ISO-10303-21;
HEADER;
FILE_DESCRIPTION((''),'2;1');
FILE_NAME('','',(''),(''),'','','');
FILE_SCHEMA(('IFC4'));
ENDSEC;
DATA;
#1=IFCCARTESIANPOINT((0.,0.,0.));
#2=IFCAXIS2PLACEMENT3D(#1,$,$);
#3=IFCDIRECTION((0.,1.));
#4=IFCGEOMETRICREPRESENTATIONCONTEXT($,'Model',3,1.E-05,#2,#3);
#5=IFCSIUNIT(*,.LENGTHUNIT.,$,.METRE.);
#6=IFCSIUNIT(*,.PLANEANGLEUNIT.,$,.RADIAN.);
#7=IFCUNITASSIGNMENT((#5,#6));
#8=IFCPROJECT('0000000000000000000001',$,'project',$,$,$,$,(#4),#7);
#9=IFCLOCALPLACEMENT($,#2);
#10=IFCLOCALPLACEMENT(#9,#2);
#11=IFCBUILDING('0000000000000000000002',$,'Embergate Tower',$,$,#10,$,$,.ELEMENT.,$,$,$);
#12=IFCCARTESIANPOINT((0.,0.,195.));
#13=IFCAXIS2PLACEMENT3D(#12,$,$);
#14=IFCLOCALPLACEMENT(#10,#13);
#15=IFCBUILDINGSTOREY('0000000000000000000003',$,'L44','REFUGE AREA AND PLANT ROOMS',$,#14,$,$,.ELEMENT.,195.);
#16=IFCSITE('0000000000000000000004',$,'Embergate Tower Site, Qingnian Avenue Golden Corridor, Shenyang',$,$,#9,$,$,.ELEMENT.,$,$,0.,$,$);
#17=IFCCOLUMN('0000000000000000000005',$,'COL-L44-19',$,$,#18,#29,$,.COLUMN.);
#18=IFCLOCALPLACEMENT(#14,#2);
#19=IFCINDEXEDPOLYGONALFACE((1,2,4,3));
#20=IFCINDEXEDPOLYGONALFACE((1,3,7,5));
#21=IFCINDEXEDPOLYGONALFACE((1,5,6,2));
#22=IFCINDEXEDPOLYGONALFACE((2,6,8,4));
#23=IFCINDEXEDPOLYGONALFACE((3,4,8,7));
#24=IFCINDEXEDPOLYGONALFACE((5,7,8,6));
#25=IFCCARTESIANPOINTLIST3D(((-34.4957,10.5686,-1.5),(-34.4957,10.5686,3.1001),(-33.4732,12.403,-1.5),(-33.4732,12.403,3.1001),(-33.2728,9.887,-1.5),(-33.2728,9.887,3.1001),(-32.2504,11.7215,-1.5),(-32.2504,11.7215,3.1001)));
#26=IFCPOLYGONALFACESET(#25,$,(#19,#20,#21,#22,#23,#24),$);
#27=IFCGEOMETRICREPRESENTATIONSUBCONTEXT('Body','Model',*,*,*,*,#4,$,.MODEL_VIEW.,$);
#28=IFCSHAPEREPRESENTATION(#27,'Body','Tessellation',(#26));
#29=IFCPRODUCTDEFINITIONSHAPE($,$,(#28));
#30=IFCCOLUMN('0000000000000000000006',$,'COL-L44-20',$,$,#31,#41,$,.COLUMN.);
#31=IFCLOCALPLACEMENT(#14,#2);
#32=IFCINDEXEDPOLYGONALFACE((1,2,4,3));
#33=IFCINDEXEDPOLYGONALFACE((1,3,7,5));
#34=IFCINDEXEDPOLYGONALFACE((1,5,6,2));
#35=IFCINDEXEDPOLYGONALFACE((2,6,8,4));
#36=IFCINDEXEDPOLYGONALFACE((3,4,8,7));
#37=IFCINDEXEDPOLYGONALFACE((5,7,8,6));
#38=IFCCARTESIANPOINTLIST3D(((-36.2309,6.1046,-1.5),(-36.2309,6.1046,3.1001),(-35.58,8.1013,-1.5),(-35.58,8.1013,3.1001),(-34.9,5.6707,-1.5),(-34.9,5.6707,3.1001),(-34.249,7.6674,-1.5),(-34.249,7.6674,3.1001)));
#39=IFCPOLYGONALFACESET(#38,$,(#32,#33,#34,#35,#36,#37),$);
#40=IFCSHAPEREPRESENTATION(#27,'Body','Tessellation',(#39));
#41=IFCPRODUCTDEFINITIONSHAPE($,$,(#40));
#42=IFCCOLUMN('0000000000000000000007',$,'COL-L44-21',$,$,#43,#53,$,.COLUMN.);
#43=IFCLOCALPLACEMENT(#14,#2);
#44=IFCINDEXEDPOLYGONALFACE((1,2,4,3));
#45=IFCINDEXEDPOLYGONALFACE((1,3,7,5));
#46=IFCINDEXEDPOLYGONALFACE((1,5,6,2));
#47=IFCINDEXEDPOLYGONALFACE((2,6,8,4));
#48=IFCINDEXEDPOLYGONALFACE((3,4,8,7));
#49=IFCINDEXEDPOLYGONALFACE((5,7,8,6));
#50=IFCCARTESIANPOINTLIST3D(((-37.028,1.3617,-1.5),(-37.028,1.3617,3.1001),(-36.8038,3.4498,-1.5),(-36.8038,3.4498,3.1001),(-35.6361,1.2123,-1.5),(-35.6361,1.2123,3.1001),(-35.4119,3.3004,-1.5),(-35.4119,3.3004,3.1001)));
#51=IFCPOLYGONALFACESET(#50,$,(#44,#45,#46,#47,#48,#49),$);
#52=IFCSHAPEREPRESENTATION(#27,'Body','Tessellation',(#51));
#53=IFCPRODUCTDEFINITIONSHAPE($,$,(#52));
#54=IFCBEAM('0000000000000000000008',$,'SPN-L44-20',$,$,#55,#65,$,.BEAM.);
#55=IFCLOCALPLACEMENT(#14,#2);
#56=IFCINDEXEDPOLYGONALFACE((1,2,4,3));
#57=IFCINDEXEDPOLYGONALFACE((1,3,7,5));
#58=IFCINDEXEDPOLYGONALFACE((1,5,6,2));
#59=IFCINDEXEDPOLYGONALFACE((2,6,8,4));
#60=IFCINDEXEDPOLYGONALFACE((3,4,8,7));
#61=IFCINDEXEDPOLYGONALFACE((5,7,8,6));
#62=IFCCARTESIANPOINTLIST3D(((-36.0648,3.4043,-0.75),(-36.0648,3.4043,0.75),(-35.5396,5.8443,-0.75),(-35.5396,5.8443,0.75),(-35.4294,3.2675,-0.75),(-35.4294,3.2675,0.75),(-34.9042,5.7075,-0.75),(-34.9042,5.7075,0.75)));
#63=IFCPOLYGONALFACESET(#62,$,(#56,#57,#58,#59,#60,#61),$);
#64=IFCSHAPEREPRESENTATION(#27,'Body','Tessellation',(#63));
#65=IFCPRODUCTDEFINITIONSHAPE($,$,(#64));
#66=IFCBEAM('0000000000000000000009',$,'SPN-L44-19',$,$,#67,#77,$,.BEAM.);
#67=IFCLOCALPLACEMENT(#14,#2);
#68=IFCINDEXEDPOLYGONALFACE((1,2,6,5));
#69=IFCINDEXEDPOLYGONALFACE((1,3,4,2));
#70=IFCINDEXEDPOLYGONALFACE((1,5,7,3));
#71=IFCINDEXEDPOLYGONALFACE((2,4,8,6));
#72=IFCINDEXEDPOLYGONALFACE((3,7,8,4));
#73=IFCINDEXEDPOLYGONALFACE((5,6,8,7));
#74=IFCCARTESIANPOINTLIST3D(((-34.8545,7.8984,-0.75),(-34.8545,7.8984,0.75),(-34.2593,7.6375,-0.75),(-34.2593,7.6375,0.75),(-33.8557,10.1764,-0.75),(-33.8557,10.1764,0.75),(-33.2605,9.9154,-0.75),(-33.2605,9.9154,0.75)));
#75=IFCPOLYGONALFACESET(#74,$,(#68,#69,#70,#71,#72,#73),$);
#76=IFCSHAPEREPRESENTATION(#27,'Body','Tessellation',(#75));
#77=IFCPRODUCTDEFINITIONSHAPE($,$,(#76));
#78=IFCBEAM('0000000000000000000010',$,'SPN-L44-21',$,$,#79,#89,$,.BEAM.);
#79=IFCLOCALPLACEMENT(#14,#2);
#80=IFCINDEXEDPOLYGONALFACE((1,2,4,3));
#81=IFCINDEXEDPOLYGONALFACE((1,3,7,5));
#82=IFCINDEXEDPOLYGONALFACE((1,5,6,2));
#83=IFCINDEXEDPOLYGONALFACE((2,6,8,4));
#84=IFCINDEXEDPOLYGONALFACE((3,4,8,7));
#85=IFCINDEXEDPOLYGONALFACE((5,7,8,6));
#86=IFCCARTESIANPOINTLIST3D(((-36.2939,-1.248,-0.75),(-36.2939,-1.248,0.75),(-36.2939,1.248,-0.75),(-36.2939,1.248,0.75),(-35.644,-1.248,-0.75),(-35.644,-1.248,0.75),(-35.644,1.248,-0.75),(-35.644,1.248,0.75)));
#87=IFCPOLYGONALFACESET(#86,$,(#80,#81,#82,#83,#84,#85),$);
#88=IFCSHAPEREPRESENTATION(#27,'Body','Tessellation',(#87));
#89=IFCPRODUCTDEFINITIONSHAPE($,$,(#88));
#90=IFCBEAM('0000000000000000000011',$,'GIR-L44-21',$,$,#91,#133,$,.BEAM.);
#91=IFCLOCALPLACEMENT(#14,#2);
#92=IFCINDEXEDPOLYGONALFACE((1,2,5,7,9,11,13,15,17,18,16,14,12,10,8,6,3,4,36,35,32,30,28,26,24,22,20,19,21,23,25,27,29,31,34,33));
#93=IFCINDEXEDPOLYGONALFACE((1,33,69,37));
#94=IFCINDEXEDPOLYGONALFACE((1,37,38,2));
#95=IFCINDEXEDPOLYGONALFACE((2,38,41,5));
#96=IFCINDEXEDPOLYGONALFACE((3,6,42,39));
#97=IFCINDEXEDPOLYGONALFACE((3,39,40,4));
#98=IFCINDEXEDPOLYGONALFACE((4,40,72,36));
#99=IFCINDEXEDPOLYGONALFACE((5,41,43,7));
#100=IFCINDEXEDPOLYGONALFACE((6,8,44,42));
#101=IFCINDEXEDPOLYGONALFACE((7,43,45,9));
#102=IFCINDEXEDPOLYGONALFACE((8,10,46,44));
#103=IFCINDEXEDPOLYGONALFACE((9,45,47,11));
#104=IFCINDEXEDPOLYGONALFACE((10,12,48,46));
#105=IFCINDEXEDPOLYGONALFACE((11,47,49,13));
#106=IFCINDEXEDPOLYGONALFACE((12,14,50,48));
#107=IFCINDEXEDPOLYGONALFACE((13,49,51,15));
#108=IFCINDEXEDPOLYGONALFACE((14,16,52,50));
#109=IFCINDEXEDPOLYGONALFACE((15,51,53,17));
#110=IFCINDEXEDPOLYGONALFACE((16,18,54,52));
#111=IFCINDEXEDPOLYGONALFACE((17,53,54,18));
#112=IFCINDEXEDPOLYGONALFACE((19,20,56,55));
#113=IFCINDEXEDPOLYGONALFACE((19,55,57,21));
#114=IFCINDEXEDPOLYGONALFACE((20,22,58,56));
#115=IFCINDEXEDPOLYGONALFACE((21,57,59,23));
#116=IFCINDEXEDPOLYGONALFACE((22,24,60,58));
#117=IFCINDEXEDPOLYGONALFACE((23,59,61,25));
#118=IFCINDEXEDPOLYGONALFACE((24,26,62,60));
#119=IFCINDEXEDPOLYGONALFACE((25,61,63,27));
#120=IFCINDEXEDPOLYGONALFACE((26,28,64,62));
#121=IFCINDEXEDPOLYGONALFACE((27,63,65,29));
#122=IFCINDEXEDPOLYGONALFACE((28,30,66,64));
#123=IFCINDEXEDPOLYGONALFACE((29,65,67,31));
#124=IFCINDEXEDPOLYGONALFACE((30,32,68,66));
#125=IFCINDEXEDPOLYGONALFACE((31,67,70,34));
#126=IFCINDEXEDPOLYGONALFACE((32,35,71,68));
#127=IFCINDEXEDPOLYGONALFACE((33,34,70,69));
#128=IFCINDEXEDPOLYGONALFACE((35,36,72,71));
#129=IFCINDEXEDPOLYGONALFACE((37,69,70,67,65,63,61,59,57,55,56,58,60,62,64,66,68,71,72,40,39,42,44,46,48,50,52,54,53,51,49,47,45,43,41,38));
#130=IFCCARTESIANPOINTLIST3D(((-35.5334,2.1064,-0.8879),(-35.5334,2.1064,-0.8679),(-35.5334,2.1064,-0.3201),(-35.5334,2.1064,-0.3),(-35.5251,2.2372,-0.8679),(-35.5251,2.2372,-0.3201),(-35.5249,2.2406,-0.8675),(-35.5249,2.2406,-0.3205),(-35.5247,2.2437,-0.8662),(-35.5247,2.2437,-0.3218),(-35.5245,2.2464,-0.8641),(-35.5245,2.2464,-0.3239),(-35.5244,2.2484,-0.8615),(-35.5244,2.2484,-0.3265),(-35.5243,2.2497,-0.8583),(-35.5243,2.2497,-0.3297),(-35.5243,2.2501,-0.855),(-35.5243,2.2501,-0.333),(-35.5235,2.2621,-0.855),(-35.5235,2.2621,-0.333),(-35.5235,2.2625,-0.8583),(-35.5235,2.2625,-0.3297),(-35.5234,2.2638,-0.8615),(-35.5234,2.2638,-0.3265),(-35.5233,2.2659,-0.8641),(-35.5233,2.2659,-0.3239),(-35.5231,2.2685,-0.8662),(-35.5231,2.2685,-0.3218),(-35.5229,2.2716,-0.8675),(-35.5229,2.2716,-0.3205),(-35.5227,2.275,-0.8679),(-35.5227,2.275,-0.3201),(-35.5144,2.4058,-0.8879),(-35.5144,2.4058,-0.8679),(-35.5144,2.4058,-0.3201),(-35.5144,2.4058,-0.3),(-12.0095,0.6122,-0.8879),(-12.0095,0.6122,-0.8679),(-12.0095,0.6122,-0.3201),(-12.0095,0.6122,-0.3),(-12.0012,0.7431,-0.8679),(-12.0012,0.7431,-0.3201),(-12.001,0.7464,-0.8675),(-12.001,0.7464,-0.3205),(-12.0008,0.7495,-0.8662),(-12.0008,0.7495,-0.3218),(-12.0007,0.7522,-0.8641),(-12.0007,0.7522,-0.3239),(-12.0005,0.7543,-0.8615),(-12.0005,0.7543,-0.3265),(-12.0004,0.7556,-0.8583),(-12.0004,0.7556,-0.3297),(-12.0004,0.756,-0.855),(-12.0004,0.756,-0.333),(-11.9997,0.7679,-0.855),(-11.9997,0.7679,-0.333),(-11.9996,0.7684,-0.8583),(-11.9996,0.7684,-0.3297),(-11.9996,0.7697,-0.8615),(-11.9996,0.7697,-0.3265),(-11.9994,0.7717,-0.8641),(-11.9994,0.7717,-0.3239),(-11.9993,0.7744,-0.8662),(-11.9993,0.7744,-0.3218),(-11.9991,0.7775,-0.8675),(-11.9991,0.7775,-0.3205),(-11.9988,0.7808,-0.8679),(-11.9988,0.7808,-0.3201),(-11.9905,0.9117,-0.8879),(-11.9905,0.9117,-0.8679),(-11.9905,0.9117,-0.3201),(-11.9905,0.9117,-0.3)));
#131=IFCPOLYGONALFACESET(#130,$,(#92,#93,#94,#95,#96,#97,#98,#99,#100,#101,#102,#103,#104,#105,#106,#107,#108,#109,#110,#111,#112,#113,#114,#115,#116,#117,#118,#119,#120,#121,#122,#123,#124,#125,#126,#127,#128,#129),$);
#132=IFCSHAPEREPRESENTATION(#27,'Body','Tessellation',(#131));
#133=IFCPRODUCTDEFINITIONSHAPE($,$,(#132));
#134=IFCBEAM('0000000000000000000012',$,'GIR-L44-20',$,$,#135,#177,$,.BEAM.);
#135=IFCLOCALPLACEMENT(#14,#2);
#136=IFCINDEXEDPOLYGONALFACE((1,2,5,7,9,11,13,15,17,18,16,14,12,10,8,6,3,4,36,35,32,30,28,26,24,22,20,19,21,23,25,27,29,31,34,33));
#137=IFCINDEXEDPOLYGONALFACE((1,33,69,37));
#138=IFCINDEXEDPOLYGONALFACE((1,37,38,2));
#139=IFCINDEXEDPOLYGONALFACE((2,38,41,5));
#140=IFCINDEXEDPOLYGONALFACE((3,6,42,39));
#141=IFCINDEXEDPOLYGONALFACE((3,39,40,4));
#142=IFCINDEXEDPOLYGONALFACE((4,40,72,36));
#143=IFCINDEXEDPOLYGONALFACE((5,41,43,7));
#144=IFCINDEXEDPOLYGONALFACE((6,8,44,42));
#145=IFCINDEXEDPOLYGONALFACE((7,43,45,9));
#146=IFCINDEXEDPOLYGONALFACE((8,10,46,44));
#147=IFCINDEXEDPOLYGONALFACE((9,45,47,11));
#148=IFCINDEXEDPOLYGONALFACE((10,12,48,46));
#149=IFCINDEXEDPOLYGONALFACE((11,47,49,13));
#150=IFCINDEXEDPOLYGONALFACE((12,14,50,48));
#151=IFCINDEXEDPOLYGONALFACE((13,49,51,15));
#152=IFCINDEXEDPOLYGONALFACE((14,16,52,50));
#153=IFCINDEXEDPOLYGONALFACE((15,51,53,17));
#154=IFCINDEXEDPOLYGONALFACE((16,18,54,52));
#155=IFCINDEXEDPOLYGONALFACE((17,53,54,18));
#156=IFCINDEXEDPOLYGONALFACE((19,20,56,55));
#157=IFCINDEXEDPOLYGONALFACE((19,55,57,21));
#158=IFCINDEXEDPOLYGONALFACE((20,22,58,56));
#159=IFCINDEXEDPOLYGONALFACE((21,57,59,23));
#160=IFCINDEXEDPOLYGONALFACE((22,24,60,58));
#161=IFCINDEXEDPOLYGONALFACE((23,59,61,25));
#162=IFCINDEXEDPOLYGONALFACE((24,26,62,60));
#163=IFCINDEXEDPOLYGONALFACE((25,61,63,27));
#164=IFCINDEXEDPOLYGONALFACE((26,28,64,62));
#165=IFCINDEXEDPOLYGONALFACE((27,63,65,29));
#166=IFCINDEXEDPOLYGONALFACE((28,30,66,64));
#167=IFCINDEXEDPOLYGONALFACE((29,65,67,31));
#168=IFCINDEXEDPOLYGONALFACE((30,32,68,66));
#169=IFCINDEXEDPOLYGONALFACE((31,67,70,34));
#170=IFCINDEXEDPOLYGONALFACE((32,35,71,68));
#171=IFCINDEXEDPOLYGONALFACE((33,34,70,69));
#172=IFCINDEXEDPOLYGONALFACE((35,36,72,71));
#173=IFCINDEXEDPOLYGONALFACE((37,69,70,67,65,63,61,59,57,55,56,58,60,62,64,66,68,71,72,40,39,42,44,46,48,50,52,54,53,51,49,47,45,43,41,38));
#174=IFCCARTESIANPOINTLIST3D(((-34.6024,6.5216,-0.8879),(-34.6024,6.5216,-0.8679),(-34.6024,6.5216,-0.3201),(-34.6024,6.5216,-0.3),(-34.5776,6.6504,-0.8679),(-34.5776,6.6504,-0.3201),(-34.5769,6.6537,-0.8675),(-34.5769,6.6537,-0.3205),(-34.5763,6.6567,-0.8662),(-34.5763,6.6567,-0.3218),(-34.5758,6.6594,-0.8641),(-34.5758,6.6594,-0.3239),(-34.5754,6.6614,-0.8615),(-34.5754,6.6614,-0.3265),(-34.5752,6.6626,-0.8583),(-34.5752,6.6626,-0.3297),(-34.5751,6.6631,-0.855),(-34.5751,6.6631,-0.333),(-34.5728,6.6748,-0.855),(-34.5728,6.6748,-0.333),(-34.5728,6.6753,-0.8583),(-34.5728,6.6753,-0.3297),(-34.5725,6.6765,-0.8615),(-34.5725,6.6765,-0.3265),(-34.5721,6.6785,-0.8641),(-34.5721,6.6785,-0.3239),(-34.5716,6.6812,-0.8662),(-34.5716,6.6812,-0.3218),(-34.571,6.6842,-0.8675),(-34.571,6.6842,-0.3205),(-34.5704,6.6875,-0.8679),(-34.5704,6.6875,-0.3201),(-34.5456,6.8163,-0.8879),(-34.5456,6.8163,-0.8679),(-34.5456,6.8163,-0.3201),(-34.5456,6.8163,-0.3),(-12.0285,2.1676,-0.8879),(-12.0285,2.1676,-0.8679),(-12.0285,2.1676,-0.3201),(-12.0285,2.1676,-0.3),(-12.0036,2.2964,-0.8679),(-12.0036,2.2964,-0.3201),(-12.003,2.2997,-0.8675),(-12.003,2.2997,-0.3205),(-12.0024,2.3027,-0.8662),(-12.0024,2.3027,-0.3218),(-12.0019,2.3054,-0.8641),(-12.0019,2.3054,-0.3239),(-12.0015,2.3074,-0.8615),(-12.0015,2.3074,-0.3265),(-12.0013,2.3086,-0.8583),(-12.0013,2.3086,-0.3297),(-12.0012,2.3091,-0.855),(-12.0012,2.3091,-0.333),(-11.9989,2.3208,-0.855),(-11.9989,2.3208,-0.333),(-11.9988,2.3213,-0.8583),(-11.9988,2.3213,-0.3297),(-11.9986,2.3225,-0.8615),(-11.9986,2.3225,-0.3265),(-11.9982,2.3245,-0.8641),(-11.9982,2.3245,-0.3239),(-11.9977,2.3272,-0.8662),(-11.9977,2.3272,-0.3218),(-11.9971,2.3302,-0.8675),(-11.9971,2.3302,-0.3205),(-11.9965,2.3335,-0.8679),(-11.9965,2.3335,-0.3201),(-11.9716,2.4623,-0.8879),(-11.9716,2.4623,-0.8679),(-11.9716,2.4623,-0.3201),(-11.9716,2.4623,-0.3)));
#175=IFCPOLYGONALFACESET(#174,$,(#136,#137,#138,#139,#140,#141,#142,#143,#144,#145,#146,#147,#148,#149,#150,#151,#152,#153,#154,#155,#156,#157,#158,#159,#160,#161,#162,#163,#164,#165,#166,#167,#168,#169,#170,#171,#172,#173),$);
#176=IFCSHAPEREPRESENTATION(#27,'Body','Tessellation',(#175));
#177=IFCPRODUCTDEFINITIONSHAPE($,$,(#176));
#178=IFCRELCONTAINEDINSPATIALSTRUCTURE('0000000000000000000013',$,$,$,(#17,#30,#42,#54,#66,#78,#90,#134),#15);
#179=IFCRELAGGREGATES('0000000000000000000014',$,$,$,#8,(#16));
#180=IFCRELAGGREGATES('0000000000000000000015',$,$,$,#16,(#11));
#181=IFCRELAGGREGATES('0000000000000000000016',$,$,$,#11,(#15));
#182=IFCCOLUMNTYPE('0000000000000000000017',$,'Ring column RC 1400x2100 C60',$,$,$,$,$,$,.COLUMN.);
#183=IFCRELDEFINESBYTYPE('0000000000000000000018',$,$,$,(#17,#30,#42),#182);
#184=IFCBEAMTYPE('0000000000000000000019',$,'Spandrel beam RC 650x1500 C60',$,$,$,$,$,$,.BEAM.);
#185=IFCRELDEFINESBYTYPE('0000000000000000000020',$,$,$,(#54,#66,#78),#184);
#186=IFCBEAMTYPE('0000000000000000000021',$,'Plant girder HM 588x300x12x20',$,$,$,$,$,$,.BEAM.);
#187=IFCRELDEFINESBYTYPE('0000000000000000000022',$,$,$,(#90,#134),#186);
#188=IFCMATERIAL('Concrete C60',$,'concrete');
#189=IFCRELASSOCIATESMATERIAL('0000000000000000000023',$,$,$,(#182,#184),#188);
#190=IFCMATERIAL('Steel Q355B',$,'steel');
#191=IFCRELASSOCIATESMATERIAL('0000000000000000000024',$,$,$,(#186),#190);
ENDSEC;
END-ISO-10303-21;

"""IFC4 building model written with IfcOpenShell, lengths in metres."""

from ifc_helpers import new_model, si_unit, direction, frame, origin, origin_2d, place, context, subcontext, project, spatial, rectangle, i_section, extrude, source, transform, mapped, material, material_profile, profile_set, type_object, element, save


model = new_model("IFC4")

# Units and contexts
model_context = context("Model", 3, precision=1e-05, world=origin(), true_north=direction((0.0, 1.0)))
body_context = subcontext(model_context, "Body", "Model", "MODEL_VIEW")
ifc_project = project(units=[si_unit("LENGTHUNIT", "METRE"), si_unit("PLANEANGLEUNIT", "RADIAN")], contexts=[model_context])

# Site, building, storey
site_placement = place(None, origin())
site = spatial("IfcSite", under=ifc_project, at=site_placement, Name="Embergate Tower Site, Qingnian Avenue Golden Corridor, Shenyang", CompositionType="ELEMENT", RefElevation=0.0)
building_placement = place(site_placement, origin())
building = spatial("IfcBuilding", under=site, at=building_placement, Name="Embergate Tower", CompositionType="ELEMENT")
storey_placement = place(building_placement, frame((0.0, 0.0, 195.0)))
storey = spatial("IfcBuildingStorey", under=building, at=storey_placement, Name="L44", Description="REFUGE AREA AND PLANT ROOMS", CompositionType="ELEMENT", Elevation=195.0)

# Columns
ifc_material_1 = material(Name="Concrete C60", Category="concrete")
ifc_material_profile_1 = material_profile(ifc_material_1, rectangle(XDim=1.3999, YDim=2.1001, at=origin_2d()), Name="RC 1400x2100")
ifc_profile_set_1 = profile_set([ifc_material_profile_1], Name="Concrete C60")
column_type = type_object("IfcColumnType", Name="Ring column RC 1400x2100 C60", PredefinedType="COLUMN", material=ifc_profile_set_1)
shared_shape_1 = source(origin(), body_context, "Body", "SweptSolid", [
    extrude(rectangle(XDim=1.3999, YDim=2.1001, at=origin_2d()), origin(), (0.0, 0.0, 1.0), 4.6001),
])
for number, where, z_axis, x_axis, name in (
    (1, (-33.373, 11.145, -1.5), (0.0, 0.0, 1.0), (-0.873492, 0.486839, 0.0), "COL-L44-19"),
    (2, (-35.24, 6.886, -1.5), (0.0, 0.0, 1.0), (-0.950754, 0.309946, 0.0), "COL-L44-20"),
    (3, (-36.22, 2.3311, -1.5), (0.0, 0.0, 1.0), (-0.994286, 0.10675, 0.0), "COL-L44-21"),
):
    element("IfcColumn", number, at=place(storey_placement, frame(where, z_axis=z_axis, x_axis=x_axis)), inside=storey, type_object=column_type, Name=name, PredefinedType="COLUMN", context=body_context, shape_type="MappedRepresentation", body=[
        mapped(shared_shape_1, transform((0.0, 0.0, 0.0))),
    ])

# Beams
ifc_material_profile_2 = material_profile(ifc_material_1, rectangle(XDim=0.6499, YDim=1.5, at=origin_2d()), Name="RC 650x1500")
ifc_profile_set_2 = profile_set([ifc_material_profile_2], Name="Concrete C60")
beam_type_1 = type_object("IfcBeamType", Name="Spandrel beam RC 650x1500 C60", PredefinedType="BEAM", material=ifc_profile_set_2)
shared_shape_2 = source(origin(), body_context, "Body", "SweptSolid", [
    extrude(rectangle(XDim=0.6499, YDim=1.5, at=origin_2d()), origin(), (0.0, 0.0, 1.0), 2.4958),
])
beam_1_placement = place(storey_placement, frame((-35.2219, 5.7759, 0.0), z_axis=(-0.210411, -0.977613, 0.0), x_axis=(0.977613, -0.210411, 0.0)))
element("IfcBeam", 4, at=beam_1_placement, inside=storey, type_object=beam_type_1, Name="SPN-L44-20", PredefinedType="BEAM", context=body_context, shape_type="MappedRepresentation", body=[
    mapped(shared_shape_2, transform((0.0, 0.0, 0.0))),
])
shared_shape_3 = source(origin(), body_context, "Body", "SweptSolid", [
    extrude(rectangle(XDim=0.6499, YDim=1.5, at=origin_2d()), origin(), (0.0, 0.0, 1.0), 2.4873),
])
beam_2_placement = place(storey_placement, frame((-33.5581, 10.0459, 0.0), z_axis=(-0.401571, -0.915828, 0.0), x_axis=(0.915828, -0.401571, 0.0)))
element("IfcBeam", 5, at=beam_2_placement, inside=storey, type_object=beam_type_1, Name="SPN-L44-19", PredefinedType="BEAM", context=body_context, shape_type="MappedRepresentation", body=[
    mapped(shared_shape_3, transform((0.0, 0.0, 0.0))),
])
shared_shape_4 = source(origin(), body_context, "Body", "SweptSolid", [
    extrude(rectangle(XDim=0.6499, YDim=1.5, at=origin_2d()), origin(), (0.0, 0.0, 1.0), 2.4961),
])
beam_3_placement = place(storey_placement, frame((-35.969, 1.248, 0.0), z_axis=(0.0, -1.0, 0.0), x_axis=(1.0, 0.0, 0.0)))
element("IfcBeam", 6, at=beam_3_placement, inside=storey, type_object=beam_type_1, Name="SPN-L44-21", PredefinedType="BEAM", context=body_context, shape_type="MappedRepresentation", body=[
    mapped(shared_shape_4, transform((0.0, 0.0, 0.0))),
])
ifc_material_2 = material(Name="Steel Q355B", Category="steel")
ifc_material_profile_3 = material_profile(ifc_material_2, i_section(OverallWidth=0.3, OverallDepth=0.5879, WebThickness=0.012, FlangeThickness=0.02, FilletRadius=0.0129, at=origin_2d()), Name="HM 588x300x12x20")
ifc_profile_set_3 = profile_set([ifc_material_profile_3], Name="Steel Q355 grade B")
beam_type_2 = type_object("IfcBeamType", Name="Plant girder HM 588x300x12x20", PredefinedType="BEAM", material=ifc_profile_set_3)
shared_shape_5 = source(origin(), body_context, "Body", "SweptSolid", [
    extrude(i_section(OverallWidth=0.3, OverallDepth=0.5879, WebThickness=0.012, FlangeThickness=0.02, FilletRadius=0.0129, at=origin_2d()), origin(), (0.0, 0.0, 1.0), 23.5713),
])
beam_4_placement = place(storey_placement, frame((-35.5239, 2.2561, -0.594), z_axis=(0.997989, -0.063388, 0.0), x_axis=(0.063388, 0.997989, 0.0)))
element("IfcBeam", 7, at=beam_4_placement, inside=storey, type_object=beam_type_2, Name="GIR-L44-21", PredefinedType="BEAM", context=body_context, shape_type="MappedRepresentation", body=[
    mapped(shared_shape_5, transform((0.0, 0.0, 0.0))),
])
shared_shape_6 = source(origin(), body_context, "Body", "SweptSolid", [
    extrude(i_section(OverallWidth=0.3, OverallDepth=0.5879, WebThickness=0.012, FlangeThickness=0.02, FilletRadius=0.0129, at=origin_2d()), origin(), (0.0, 0.0, 1.0), 22.99),
])
beam_5_placement = place(storey_placement, frame((-34.574, 6.6689, -0.594), z_axis=(0.981903, -0.189387, 0.0), x_axis=(0.189387, 0.981903, 0.0)))
element("IfcBeam", 8, at=beam_5_placement, inside=storey, type_object=beam_type_2, Name="GIR-L44-20", PredefinedType="BEAM", context=body_context, shape_type="MappedRepresentation", body=[
    mapped(shared_shape_6, transform((0.0, 0.0, 0.0))),
])

save(model, "model.ifc")
